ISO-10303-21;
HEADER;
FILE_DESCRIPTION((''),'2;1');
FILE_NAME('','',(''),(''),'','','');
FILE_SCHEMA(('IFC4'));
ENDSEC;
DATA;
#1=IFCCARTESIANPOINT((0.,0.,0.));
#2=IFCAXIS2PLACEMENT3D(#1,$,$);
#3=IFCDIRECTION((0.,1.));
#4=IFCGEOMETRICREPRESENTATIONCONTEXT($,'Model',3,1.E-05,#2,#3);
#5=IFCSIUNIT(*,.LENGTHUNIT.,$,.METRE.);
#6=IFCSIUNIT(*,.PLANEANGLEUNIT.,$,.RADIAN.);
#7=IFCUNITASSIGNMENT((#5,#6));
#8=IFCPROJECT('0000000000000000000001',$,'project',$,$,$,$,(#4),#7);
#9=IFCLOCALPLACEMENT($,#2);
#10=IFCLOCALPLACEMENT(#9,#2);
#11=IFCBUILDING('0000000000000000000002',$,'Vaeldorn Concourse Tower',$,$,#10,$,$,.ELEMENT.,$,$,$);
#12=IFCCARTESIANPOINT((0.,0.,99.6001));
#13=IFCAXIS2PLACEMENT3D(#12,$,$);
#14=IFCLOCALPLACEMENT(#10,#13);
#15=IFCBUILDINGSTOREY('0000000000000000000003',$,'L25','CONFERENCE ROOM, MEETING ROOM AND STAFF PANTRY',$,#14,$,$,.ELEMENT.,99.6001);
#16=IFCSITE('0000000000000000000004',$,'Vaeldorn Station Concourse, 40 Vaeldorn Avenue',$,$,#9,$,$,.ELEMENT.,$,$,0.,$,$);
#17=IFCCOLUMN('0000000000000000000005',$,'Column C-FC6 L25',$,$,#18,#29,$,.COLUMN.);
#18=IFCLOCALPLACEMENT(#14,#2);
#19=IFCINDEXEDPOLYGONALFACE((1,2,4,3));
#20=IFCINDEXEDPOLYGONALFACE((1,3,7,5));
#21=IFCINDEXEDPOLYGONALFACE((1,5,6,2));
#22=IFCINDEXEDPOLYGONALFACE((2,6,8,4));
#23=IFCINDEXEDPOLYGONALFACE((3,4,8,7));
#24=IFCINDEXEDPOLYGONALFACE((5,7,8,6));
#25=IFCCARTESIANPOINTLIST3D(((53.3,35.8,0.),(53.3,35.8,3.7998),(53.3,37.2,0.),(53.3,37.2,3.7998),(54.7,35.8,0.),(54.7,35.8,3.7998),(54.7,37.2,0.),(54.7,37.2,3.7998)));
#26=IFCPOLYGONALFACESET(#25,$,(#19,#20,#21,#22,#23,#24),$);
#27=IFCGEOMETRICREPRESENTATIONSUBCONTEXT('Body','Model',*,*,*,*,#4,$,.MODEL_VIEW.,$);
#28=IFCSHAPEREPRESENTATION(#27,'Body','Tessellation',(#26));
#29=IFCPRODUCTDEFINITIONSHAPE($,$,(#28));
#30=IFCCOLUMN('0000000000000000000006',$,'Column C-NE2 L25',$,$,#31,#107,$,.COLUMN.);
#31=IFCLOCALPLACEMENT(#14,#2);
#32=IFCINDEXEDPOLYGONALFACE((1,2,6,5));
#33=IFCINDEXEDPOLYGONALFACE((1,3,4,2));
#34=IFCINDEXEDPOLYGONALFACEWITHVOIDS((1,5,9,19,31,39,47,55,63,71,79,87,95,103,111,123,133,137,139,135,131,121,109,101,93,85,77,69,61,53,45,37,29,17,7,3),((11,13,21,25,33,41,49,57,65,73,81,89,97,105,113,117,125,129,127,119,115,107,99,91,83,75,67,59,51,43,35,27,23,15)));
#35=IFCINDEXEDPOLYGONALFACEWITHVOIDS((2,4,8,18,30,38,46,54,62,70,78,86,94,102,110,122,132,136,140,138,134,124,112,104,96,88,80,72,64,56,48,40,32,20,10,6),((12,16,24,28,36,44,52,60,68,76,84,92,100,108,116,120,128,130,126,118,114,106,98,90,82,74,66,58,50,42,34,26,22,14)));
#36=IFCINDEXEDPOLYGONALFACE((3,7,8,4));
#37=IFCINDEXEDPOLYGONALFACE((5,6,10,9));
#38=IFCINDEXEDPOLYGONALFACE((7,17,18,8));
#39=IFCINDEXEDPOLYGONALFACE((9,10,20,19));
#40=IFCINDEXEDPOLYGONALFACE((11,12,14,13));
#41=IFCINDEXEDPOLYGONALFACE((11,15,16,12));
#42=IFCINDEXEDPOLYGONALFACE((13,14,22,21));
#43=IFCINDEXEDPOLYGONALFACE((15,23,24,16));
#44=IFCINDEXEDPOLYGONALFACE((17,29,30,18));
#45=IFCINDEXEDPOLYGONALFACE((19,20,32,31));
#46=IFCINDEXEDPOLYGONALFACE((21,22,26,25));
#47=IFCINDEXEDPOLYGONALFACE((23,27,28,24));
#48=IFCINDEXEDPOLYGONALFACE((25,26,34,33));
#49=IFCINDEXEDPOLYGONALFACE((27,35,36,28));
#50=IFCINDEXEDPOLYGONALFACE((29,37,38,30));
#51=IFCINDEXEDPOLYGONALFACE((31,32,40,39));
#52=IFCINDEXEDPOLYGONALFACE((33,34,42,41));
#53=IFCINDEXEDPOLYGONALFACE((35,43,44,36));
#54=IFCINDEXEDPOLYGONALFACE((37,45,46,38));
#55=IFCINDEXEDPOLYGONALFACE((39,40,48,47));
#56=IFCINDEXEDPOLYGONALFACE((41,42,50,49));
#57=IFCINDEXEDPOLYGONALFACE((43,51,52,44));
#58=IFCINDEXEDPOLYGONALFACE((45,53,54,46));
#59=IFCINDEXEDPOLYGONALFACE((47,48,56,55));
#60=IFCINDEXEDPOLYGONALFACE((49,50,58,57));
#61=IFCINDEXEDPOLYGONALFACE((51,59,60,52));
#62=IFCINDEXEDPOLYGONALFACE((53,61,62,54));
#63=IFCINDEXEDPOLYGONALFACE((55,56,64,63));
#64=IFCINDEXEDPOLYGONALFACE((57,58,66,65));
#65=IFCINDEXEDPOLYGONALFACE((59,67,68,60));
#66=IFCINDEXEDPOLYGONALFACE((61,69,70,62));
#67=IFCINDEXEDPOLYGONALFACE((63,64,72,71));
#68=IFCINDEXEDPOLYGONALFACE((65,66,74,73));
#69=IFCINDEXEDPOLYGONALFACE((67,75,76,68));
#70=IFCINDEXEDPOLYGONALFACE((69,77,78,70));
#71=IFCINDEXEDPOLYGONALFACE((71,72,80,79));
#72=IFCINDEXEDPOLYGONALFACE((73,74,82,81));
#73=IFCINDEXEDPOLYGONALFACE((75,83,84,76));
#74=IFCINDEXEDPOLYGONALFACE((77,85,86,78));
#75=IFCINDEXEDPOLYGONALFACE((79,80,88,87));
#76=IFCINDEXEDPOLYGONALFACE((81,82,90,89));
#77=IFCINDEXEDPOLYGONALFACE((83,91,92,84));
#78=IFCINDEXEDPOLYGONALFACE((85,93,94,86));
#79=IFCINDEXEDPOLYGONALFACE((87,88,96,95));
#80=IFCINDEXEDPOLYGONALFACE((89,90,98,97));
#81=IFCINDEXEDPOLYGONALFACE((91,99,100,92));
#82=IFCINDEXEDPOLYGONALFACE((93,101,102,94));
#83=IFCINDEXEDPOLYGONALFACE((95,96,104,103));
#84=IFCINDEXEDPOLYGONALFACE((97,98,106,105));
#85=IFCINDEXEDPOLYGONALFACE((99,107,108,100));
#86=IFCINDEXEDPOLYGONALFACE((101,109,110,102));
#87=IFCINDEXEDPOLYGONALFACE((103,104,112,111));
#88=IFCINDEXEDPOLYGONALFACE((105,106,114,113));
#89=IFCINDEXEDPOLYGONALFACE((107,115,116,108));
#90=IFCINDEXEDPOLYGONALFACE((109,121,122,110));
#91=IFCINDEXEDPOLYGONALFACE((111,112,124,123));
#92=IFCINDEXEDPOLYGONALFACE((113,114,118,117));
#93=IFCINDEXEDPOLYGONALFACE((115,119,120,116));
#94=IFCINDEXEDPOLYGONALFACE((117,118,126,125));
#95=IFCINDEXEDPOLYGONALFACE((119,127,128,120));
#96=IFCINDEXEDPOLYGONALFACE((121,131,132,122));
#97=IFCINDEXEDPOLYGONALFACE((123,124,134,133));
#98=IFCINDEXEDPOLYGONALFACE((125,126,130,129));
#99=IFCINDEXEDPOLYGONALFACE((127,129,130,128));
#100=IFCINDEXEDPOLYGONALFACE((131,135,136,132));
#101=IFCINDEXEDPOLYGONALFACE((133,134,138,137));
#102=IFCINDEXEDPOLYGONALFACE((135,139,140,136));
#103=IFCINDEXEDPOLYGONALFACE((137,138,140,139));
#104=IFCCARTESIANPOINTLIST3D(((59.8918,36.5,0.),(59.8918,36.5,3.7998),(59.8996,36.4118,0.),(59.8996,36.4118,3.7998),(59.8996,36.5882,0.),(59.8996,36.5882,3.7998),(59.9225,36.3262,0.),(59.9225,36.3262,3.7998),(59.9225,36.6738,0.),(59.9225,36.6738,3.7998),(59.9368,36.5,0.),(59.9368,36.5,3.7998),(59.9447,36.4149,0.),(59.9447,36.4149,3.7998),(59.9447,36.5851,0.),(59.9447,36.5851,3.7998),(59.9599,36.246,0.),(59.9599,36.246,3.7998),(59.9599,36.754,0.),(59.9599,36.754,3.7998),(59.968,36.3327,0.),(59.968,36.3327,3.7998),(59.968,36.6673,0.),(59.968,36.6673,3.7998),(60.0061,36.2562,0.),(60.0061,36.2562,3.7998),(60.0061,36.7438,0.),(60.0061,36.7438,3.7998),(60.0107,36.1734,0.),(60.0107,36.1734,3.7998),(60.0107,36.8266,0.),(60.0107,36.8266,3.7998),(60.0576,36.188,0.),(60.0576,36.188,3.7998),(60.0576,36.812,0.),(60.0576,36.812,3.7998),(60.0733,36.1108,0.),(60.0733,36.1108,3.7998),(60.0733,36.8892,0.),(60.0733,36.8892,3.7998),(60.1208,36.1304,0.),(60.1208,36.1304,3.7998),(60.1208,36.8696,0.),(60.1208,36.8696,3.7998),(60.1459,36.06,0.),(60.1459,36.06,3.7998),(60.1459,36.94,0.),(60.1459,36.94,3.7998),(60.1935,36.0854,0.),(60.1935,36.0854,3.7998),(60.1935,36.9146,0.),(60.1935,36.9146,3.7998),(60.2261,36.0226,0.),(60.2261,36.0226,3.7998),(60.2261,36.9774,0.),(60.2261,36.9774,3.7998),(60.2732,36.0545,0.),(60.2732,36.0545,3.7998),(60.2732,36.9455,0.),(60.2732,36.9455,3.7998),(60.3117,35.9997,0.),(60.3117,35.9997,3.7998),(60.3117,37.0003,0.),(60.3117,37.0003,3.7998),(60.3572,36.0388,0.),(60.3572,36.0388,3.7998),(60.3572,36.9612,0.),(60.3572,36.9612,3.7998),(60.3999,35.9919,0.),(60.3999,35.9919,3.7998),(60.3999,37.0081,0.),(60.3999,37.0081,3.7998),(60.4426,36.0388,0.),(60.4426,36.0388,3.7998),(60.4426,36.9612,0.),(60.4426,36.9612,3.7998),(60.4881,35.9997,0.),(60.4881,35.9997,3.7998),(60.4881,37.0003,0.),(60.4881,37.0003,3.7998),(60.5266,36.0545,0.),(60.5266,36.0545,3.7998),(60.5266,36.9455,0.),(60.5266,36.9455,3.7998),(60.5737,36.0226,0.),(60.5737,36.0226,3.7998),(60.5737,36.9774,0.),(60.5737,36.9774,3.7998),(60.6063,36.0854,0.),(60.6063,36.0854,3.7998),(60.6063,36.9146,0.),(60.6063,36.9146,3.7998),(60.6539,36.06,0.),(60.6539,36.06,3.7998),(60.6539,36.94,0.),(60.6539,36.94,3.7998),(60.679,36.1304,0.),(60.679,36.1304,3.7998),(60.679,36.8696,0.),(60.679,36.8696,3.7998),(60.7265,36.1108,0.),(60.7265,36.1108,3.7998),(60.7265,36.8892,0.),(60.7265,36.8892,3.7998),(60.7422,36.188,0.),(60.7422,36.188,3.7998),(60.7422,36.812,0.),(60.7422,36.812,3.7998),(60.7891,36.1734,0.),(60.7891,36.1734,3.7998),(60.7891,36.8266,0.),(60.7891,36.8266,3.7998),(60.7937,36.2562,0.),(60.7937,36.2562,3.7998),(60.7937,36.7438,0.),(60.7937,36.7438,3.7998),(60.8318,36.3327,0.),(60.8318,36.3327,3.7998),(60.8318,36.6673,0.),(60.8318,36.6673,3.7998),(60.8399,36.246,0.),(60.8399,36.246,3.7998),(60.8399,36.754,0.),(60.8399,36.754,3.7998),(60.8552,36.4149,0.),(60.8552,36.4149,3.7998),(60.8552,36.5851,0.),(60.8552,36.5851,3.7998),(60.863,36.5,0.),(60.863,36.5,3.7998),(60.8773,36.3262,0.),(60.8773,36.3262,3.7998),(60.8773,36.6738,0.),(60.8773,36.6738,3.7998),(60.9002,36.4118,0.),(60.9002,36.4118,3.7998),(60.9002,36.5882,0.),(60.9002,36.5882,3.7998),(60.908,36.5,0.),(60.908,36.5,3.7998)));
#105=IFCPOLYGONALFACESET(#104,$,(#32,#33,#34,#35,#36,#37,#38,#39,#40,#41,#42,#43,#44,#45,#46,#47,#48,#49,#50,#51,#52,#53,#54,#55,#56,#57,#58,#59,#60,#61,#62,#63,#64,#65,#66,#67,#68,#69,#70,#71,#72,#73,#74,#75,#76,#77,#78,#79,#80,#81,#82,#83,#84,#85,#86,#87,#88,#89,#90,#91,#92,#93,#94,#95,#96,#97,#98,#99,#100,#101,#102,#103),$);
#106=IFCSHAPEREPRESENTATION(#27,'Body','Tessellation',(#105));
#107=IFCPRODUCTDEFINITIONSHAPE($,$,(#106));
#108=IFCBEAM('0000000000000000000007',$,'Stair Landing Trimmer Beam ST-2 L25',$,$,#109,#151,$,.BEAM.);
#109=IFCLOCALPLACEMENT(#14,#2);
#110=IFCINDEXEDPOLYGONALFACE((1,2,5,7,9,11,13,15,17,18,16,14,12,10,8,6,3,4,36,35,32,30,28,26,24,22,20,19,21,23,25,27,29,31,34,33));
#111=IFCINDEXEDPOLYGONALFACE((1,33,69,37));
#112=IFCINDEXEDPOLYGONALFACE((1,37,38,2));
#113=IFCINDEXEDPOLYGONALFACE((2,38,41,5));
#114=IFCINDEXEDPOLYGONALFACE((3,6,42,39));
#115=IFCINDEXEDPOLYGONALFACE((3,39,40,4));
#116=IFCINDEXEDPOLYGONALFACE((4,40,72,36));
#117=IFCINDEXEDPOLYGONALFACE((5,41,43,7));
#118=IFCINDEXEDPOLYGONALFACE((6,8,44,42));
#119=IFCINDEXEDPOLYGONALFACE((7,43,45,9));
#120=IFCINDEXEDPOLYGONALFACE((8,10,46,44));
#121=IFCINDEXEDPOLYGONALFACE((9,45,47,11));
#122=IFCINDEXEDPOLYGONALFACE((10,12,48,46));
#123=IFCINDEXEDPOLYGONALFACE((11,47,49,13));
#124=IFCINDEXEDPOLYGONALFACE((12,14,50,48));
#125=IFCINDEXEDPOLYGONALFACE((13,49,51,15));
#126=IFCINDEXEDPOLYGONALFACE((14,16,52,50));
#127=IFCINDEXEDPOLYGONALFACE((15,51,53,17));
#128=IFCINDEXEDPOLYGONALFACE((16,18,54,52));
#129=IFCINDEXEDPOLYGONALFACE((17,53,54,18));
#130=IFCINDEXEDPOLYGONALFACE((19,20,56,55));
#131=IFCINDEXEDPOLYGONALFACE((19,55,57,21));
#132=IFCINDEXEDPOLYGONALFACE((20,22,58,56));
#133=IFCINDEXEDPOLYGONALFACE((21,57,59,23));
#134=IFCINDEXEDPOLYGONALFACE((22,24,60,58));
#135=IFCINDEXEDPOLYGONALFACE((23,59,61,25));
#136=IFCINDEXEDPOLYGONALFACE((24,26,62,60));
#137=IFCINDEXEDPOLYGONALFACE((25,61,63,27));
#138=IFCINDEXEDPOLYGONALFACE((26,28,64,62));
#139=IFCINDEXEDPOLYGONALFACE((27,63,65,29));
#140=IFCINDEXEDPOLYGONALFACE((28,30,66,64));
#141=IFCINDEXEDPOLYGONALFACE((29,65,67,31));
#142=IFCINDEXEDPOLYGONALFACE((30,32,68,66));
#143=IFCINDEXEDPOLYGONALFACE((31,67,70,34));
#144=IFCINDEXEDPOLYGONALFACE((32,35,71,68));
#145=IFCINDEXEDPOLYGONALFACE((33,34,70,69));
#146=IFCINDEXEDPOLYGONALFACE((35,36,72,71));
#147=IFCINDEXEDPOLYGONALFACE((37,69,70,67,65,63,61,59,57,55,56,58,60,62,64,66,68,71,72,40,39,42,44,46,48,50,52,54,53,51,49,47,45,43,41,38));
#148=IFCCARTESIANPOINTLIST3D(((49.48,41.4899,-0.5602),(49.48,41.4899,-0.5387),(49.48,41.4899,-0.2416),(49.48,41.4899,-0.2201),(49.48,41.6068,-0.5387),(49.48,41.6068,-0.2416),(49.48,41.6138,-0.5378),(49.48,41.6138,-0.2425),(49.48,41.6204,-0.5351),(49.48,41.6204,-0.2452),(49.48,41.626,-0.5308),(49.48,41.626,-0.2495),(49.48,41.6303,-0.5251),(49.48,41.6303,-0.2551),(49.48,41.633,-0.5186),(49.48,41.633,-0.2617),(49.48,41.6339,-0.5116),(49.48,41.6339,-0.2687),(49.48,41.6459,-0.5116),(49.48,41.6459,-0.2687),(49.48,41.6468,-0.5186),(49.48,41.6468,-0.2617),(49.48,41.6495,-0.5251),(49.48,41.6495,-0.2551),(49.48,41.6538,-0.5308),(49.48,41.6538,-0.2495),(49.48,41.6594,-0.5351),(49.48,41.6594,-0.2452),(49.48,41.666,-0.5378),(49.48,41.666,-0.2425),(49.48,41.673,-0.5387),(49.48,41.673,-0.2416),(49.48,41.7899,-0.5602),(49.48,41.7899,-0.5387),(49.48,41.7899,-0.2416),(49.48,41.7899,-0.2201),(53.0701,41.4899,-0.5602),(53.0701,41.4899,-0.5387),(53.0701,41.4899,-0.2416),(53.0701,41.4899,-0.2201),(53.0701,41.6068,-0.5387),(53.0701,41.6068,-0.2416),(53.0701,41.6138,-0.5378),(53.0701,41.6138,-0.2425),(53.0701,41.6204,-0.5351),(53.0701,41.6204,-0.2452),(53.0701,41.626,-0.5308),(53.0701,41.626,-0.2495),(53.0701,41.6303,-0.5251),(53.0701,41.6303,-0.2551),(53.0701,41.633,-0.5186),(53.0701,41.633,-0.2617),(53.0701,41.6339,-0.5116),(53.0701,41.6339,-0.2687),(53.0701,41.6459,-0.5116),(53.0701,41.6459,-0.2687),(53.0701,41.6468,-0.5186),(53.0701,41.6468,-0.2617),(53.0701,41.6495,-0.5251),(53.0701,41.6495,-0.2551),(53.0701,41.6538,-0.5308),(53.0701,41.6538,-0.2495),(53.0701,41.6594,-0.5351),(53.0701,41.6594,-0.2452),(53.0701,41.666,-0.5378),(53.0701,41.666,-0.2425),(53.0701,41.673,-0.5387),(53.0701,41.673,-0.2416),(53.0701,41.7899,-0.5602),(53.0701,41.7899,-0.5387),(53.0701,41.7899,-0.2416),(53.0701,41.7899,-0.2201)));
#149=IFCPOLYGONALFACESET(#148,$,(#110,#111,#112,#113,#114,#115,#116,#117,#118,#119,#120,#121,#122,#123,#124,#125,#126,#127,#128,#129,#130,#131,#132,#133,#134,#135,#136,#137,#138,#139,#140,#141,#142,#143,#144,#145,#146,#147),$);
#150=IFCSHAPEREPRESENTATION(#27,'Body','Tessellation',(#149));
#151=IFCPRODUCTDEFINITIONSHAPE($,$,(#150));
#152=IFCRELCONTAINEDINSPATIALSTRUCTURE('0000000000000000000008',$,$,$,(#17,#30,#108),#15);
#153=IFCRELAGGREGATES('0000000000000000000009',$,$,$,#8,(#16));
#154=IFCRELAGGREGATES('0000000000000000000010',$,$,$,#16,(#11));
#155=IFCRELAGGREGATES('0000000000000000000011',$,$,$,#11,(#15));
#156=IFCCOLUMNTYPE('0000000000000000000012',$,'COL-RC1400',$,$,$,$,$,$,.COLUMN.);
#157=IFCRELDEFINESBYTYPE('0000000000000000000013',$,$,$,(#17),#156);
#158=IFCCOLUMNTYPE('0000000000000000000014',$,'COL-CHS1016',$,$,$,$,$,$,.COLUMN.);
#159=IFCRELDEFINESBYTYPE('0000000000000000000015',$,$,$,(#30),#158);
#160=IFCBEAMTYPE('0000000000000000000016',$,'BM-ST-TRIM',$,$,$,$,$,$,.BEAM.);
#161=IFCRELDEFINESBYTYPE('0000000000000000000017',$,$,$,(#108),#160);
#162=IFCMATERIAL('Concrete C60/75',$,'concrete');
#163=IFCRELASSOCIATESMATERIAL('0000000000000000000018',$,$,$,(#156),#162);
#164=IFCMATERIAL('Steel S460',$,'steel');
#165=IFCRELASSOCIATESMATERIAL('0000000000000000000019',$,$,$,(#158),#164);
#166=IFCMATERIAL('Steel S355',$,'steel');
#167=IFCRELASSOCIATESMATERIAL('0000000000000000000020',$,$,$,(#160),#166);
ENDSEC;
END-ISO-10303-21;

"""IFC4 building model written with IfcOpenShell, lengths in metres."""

from ifc_helpers import new_model, si_unit, direction, frame, origin, origin_2d, place, context, subcontext, project, spatial, rectangle, hollow_circle, i_section, extrude, source, transform, mapped, material, material_profile, profile_set, type_object, element, save


model = new_model("IFC4")

# Units and contexts
model_context = context("Model", 3, precision=1e-05, world=origin(), true_north=direction((0.0, 1.0)))
body_context = subcontext(model_context, "Body", "Model", "MODEL_VIEW")
ifc_project = project(units=[si_unit("LENGTHUNIT", "METRE"), si_unit("PLANEANGLEUNIT", "RADIAN")], contexts=[model_context])

# Site, building, storey
site_placement = place(None, origin())
site = spatial("IfcSite", under=ifc_project, at=site_placement, Name="Vaeldorn Station Concourse, 40 Vaeldorn Avenue", CompositionType="ELEMENT", RefElevation=0.0)
building_placement = place(site_placement, origin())
building = spatial("IfcBuilding", under=site, at=building_placement, Name="Vaeldorn Concourse Tower", CompositionType="ELEMENT")
storey_placement = place(building_placement, frame((0.0, 0.0, 99.6001)))
storey = spatial("IfcBuildingStorey", under=building, at=storey_placement, Name="L25", Description="CONFERENCE ROOM, MEETING ROOM AND STAFF PANTRY", CompositionType="ELEMENT", Elevation=99.6001)

# Columns
ifc_material_1 = material(Name="Concrete C60/75", Category="concrete")
ifc_material_profile_1 = material_profile(ifc_material_1, rectangle(XDim=1.3999, YDim=1.3999, at=origin_2d()), Name="RC 1400x1400")
ifc_profile_set_1 = profile_set([ifc_material_profile_1], Name="Concrete C60/75")
column_type_1 = type_object("IfcColumnType", Name="COL-RC1400", PredefinedType="COLUMN", material=ifc_profile_set_1)
shared_shape_1 = source(origin(), body_context, "Body", "SweptSolid", [
    extrude(rectangle(XDim=1.3999, YDim=1.3999, at=origin_2d()), origin(), (0.0, 0.0, 1.0), 3.7998),
])
column_1_placement = place(storey_placement, frame((54.0, 36.5, 0.0), z_axis=(0.0, 0.0, 1.0), x_axis=(1.0, 0.0, 0.0)))
element("IfcColumn", 1, at=column_1_placement, inside=storey, type_object=column_type_1, Name="Column C-FC6 L25", PredefinedType="COLUMN", context=body_context, shape_type="MappedRepresentation", body=[
    mapped(shared_shape_1, transform((0.0, 0.0, 0.0), scale=1.0)),
])
ifc_material_2 = material(Name="Steel S460", Category="steel")
ifc_material_profile_2 = material_profile(ifc_material_2, hollow_circle(Radius=0.5081, WallThickness=0.0449, at=origin_2d()), Name="CHS 1016x45")
ifc_profile_set_2 = profile_set([ifc_material_profile_2], Name="Steel S460")
column_type_2 = type_object("IfcColumnType", Name="COL-CHS1016", PredefinedType="COLUMN", material=ifc_profile_set_2)
shared_shape_2 = source(origin(), body_context, "Body", "SweptSolid", [
    extrude(hollow_circle(Radius=0.5081, WallThickness=0.0449, at=origin_2d()), origin(), (0.0, 0.0, 1.0), 3.7998),
])
column_2_placement = place(storey_placement, frame((60.3999, 36.5, 0.0), z_axis=(0.0, 0.0, 1.0), x_axis=(1.0, 0.0, 0.0)))
element("IfcColumn", 2, at=column_2_placement, inside=storey, type_object=column_type_2, Name="Column C-NE2 L25", PredefinedType="COLUMN", context=body_context, shape_type="MappedRepresentation", body=[
    mapped(shared_shape_2, transform((0.0, 0.0, 0.0), scale=1.0)),
])

# Beam
ifc_material_3 = material(Name="Steel S355", Category="steel")
ifc_material_profile_3 = material_profile(ifc_material_3, i_section(OverallWidth=0.3, OverallDepth=0.3401, WebThickness=0.012, FlangeThickness=0.0215, FilletRadius=0.0271, at=origin_2d()), Name="HEB 340")
ifc_profile_set_3 = profile_set([ifc_material_profile_3], Name="Steel S355")
beam_type_1 = type_object("IfcBeamType", Name="BM-ST-TRIM", PredefinedType="BEAM", material=ifc_profile_set_3)
shared_shape_3 = source(origin(), body_context, "Body", "SweptSolid", [
    extrude(i_section(OverallWidth=0.3, OverallDepth=0.3401, WebThickness=0.012, FlangeThickness=0.0215, FilletRadius=0.0271, at=origin_2d()), origin(), (0.0, 0.0, 1.0), 3.5901),
])
beam_1_placement = place(storey_placement, frame((49.48, 41.6399, -0.3901), z_axis=(1.0, 0.0, 0.0), x_axis=(0.0, 1.0, 0.0)))
element("IfcBeam", 3, at=beam_1_placement, inside=storey, type_object=beam_type_1, Name="Stair Landing Trimmer Beam ST-2 L25", PredefinedType="BEAM", context=body_context, shape_type="MappedRepresentation", body=[
    mapped(shared_shape_3, transform((0.0, 0.0, 0.0), scale=1.0)),
])

save(model, "model.ifc")
